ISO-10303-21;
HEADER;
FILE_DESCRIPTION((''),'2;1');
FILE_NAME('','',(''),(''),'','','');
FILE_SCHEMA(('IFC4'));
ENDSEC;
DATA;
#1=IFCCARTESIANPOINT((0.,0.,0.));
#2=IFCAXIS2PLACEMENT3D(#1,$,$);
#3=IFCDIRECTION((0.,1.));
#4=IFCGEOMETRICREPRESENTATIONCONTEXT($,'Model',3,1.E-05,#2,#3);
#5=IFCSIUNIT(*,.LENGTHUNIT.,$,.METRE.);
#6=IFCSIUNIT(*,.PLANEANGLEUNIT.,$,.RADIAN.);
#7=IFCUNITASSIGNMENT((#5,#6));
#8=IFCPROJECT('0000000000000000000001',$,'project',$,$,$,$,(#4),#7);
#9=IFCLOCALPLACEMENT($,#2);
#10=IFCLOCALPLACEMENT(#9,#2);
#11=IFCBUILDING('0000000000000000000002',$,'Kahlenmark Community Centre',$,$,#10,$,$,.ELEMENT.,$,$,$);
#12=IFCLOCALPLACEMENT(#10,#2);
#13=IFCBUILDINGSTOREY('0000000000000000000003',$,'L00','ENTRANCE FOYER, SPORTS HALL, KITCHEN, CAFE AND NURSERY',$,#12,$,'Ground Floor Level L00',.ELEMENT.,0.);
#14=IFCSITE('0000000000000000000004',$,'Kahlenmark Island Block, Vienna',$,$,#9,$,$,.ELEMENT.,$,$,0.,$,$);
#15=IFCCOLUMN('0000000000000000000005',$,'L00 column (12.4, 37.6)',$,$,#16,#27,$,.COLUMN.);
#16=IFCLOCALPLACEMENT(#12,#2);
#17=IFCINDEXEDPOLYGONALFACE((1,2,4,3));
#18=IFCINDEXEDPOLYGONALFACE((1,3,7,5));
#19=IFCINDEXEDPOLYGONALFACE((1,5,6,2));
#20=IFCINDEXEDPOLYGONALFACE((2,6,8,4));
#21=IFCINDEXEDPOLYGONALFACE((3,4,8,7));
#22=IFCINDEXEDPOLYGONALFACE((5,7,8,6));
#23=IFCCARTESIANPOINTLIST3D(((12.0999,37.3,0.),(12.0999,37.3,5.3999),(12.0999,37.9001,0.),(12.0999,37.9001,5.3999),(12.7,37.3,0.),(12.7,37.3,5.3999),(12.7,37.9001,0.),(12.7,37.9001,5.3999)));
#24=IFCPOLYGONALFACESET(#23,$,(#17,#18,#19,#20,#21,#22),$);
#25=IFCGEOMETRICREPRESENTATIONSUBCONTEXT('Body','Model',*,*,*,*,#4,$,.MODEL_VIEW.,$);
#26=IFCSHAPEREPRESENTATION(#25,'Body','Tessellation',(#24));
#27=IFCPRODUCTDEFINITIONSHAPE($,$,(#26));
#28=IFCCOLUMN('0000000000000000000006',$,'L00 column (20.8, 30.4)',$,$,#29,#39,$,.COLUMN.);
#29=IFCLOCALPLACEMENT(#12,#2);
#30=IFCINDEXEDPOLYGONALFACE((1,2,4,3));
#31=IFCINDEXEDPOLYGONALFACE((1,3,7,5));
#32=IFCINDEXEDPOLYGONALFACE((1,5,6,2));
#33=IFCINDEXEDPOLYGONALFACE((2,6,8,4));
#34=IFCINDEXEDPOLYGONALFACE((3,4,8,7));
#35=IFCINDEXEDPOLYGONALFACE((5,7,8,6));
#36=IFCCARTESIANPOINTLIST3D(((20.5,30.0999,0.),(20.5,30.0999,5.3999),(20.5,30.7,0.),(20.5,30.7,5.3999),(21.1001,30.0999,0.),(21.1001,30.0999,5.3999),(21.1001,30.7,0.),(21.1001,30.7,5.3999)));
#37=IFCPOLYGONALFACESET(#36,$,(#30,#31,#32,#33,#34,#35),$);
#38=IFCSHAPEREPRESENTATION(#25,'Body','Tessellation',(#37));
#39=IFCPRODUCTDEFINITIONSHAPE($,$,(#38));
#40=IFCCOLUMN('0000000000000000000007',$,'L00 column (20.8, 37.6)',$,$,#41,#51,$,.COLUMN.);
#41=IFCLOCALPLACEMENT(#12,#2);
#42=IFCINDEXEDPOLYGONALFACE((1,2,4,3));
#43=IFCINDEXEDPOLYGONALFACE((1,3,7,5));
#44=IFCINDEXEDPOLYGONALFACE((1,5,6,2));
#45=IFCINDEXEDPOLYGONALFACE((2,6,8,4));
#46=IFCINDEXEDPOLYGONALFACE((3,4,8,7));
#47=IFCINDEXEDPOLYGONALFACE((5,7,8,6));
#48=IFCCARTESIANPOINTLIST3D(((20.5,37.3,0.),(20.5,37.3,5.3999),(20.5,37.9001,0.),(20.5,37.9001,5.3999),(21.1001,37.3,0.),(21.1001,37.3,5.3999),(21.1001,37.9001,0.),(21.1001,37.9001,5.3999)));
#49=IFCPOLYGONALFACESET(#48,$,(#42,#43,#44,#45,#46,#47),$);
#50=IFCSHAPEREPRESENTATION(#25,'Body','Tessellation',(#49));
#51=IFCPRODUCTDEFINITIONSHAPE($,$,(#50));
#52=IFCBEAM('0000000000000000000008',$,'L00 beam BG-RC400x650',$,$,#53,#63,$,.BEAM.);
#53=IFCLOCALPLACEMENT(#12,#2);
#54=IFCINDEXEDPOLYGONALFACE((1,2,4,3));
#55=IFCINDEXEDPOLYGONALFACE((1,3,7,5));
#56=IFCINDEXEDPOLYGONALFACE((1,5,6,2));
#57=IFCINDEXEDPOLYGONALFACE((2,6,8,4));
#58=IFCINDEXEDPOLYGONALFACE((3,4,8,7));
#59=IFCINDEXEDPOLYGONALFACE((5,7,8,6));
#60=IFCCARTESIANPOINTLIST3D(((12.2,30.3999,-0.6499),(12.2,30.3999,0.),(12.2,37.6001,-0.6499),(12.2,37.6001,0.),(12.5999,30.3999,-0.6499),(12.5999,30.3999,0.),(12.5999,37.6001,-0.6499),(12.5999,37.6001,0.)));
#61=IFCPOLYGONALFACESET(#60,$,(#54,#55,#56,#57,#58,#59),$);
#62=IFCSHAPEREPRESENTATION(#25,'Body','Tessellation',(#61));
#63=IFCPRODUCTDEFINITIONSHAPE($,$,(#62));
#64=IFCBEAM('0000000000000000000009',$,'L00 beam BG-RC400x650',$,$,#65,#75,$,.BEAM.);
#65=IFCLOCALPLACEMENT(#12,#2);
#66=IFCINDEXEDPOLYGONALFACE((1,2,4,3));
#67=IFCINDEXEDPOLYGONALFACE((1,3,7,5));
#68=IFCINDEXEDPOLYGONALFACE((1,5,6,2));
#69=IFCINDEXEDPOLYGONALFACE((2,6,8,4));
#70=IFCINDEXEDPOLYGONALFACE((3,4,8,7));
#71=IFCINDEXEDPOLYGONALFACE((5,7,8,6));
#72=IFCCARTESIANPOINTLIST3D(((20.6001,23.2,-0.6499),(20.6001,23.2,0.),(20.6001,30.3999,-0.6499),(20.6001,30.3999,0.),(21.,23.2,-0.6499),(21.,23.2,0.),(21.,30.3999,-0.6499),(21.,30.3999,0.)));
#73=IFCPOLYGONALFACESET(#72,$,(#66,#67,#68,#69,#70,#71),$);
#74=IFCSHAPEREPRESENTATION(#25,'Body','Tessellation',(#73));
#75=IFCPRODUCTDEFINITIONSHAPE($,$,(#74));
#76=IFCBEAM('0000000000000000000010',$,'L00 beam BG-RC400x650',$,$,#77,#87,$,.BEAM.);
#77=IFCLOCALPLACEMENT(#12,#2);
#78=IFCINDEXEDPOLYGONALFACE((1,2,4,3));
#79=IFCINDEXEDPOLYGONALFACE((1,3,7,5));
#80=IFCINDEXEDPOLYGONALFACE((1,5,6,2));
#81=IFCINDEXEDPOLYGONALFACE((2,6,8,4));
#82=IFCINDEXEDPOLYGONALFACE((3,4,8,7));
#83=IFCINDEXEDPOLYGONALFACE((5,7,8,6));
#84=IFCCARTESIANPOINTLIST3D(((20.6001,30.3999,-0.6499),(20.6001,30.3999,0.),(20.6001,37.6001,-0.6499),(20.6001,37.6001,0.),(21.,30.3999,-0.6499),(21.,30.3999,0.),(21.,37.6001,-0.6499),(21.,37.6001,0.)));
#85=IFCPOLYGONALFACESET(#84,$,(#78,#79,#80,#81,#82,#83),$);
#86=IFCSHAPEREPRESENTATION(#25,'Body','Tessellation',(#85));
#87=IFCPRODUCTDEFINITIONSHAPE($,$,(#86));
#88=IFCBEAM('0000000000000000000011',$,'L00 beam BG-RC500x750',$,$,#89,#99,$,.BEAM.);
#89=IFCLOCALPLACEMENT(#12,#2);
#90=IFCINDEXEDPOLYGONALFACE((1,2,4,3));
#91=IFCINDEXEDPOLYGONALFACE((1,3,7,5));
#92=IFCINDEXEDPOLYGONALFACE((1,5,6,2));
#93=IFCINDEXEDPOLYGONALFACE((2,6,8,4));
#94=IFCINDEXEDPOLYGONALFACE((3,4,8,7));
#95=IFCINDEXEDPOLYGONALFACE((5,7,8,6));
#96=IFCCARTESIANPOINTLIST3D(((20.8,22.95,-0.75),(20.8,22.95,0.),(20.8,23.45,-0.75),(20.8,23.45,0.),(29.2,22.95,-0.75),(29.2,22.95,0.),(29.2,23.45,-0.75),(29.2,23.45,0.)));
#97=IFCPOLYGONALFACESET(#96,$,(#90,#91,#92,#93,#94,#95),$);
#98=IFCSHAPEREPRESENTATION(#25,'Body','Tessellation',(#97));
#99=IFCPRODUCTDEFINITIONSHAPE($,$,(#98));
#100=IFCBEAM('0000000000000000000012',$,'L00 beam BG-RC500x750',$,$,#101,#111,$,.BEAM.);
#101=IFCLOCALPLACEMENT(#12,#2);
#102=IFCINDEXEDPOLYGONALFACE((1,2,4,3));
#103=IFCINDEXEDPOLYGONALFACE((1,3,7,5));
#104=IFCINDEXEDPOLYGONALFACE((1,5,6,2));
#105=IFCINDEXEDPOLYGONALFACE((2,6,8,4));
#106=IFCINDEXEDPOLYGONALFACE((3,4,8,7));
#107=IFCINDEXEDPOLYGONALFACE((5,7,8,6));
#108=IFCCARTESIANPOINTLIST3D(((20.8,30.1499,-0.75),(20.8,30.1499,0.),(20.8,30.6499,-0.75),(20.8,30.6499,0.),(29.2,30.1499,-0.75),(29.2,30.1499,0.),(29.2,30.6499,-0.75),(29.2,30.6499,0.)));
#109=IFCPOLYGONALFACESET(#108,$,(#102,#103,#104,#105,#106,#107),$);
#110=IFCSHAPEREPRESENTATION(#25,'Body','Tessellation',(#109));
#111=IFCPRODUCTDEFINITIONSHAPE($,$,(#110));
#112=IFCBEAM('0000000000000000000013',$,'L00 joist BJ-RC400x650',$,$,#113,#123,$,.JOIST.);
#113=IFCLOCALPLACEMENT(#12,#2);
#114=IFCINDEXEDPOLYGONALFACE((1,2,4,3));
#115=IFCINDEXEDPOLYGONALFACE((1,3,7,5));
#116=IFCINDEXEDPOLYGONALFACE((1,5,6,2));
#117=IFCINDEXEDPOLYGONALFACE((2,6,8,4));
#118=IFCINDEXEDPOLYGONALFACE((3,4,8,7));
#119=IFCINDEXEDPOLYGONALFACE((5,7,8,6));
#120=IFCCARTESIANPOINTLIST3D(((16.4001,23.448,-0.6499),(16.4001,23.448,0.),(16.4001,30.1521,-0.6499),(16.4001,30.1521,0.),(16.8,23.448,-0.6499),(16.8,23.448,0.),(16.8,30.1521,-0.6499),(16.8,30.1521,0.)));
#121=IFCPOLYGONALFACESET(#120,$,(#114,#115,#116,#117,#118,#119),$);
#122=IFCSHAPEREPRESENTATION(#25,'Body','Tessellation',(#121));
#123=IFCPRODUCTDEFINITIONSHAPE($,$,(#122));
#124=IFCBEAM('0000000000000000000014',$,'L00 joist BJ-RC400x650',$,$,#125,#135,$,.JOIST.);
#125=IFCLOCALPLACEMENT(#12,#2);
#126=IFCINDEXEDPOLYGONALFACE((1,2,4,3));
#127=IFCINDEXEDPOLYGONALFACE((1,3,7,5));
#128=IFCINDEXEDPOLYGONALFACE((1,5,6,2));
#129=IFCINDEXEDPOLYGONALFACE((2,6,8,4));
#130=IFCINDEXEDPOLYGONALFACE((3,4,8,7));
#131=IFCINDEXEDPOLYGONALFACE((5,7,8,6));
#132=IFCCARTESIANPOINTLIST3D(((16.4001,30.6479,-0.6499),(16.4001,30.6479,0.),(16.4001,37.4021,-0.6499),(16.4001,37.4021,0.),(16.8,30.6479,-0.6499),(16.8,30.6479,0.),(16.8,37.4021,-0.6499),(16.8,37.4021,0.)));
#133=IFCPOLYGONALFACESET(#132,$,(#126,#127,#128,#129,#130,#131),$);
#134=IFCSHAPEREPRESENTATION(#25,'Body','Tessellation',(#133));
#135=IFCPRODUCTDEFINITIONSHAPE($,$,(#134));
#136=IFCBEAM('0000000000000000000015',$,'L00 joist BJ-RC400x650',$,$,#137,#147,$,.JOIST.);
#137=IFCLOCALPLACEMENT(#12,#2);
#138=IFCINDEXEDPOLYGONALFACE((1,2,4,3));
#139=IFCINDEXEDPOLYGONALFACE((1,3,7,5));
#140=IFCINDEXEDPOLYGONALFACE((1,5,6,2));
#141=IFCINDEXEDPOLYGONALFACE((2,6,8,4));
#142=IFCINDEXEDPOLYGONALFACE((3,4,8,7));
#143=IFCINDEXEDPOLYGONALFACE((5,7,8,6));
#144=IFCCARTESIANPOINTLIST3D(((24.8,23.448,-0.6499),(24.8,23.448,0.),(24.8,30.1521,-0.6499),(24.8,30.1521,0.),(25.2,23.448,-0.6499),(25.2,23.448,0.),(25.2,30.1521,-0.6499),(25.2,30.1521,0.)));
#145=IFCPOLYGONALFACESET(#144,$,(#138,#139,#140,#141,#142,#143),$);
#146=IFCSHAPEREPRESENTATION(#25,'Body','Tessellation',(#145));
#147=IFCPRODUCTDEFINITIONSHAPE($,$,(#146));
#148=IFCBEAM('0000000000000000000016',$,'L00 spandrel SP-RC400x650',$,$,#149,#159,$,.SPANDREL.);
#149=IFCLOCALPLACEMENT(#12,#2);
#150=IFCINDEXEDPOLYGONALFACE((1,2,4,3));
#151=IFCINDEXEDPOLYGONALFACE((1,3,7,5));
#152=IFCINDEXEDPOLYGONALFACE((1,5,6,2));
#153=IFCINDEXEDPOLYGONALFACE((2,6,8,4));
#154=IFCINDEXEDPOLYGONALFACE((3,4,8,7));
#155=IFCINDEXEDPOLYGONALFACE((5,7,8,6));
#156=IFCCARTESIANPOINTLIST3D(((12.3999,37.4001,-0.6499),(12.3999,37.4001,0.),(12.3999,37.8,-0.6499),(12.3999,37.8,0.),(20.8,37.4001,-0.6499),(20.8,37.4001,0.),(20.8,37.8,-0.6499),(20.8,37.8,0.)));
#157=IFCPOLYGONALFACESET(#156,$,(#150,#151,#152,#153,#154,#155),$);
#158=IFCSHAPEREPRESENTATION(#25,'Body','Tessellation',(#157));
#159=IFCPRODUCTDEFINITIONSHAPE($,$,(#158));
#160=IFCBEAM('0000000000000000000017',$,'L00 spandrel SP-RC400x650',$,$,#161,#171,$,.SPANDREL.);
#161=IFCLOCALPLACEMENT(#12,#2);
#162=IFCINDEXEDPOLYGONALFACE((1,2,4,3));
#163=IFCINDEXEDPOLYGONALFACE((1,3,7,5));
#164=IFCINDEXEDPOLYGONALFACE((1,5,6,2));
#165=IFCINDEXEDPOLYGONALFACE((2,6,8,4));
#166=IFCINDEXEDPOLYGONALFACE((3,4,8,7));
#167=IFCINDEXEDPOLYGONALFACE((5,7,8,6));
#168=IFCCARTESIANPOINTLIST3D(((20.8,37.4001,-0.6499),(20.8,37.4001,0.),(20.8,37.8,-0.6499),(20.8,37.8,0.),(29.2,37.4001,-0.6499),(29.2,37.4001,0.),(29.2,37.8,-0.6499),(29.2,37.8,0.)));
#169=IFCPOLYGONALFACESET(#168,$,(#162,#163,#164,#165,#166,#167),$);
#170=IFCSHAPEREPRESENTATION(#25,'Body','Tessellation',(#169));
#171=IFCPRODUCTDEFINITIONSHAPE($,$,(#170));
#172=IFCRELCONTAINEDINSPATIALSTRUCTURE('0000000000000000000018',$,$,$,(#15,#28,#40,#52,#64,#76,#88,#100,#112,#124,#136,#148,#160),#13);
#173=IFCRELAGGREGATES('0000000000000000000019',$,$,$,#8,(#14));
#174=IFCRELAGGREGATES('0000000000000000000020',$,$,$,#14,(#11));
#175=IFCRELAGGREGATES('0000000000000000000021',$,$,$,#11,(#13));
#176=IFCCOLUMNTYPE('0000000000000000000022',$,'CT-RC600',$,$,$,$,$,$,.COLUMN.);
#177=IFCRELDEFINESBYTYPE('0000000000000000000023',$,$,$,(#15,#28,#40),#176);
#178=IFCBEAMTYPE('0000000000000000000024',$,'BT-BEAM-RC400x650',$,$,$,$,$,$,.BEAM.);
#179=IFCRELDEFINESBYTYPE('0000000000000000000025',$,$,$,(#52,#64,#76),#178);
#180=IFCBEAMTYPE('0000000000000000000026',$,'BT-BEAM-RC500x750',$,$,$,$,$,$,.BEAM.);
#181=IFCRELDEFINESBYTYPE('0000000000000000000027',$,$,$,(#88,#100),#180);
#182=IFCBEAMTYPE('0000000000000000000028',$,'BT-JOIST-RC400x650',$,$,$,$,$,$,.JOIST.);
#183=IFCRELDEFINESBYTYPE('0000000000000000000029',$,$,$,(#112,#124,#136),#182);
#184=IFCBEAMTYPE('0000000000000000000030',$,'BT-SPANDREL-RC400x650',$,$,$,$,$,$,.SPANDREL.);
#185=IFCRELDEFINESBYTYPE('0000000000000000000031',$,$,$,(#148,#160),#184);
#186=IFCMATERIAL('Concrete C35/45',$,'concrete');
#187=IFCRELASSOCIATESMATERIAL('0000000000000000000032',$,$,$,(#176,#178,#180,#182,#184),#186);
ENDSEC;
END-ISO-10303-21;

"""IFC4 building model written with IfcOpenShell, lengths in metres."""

from ifc_helpers import new_model, si_unit, direction, frame, origin, origin_2d, place, context, subcontext, project, spatial, rectangle, extrude, material, material_profile, profile_set, type_object, element, save


model = new_model("IFC4")

# Units and contexts
model_context = context("Model", 3, precision=1e-05, world=origin(), true_north=direction((0.0, 1.0)))
body_context = subcontext(model_context, "Body", "Model", "MODEL_VIEW")
ifc_project = project(units=[si_unit("LENGTHUNIT", "METRE"), si_unit("PLANEANGLEUNIT", "RADIAN")], contexts=[model_context])

# Site, building, storey
site_placement = place(None, origin())
site = spatial("IfcSite", under=ifc_project, at=site_placement, Name="Kahlenmark Island Block, Vienna", CompositionType="ELEMENT", RefElevation=0.0)
building_placement = place(site_placement, origin())
building = spatial("IfcBuilding", under=site, at=building_placement, Name="Kahlenmark Community Centre", CompositionType="ELEMENT")
storey_placement = place(building_placement, origin())
storey = spatial("IfcBuildingStorey", under=building, at=storey_placement, Name="L00", Description="ENTRANCE FOYER, SPORTS HALL, KITCHEN, CAFE AND NURSERY", LongName="Ground Floor Level L00", CompositionType="ELEMENT", Elevation=0.0)

# Columns
ifc_material_1 = material(Name="Concrete C35/45", Category="concrete")
ifc_material_profile_1 = material_profile(ifc_material_1, rectangle(XDim=0.6001, YDim=0.6001, at=origin_2d()), Name="RC 600x600")
ifc_profile_set_1 = profile_set([ifc_material_profile_1], Name="Concrete C35/45")
column_type = type_object("IfcColumnType", Name="CT-RC600", PredefinedType="COLUMN", material=ifc_profile_set_1)
for number, where, z_axis, x_axis, name in (
    (1, (12.3999, 37.6001, 0.0), (0.0, 0.0, 1.0), (1.0, 0.0, 0.0), "L00 column (12.4, 37.6)"),
    (2, (20.8, 30.3999, 0.0), (0.0, 0.0, 1.0), (1.0, 0.0, 0.0), "L00 column (20.8, 30.4)"),
    (3, (20.8, 37.6001, 0.0), (0.0, 0.0, 1.0), (1.0, 0.0, 0.0), "L00 column (20.8, 37.6)"),
):
    element("IfcColumn", number, at=place(storey_placement, frame(where, z_axis=z_axis, x_axis=x_axis)), inside=storey, type_object=column_type, Name=name, PredefinedType="COLUMN", context=body_context, shape_type="SweptSolid", body=[
        extrude(rectangle(XDim=0.6001, YDim=0.6001, at=origin_2d()), origin(), (0.0, 0.0, 1.0), 5.3999),
    ])

# Beams
ifc_material_profile_2 = material_profile(ifc_material_1, rectangle(XDim=0.3999, YDim=0.6499, at=origin_2d()), Name="RC 400x650")
ifc_profile_set_2 = profile_set([ifc_material_profile_2], Name="Concrete C35/45")
beam_type_1 = type_object("IfcBeamType", Name="BT-BEAM-RC400x650", PredefinedType="BEAM", material=ifc_profile_set_2)
beam_1_placement = place(storey_placement, frame((12.3999, 30.3999, -0.325), z_axis=(0.0, 1.0, 0.0), x_axis=(-1.0, 0.0, 0.0)))
element("IfcBeam", 4, at=beam_1_placement, inside=storey, type_object=beam_type_1, Name="L00 beam BG-RC400x650", PredefinedType="BEAM", context=body_context, shape_type="SweptSolid", body=[
    extrude(rectangle(XDim=0.3999, YDim=0.6499, at=origin_2d()), origin(), (0.0, 0.0, 1.0), 7.2002),
])
beam_2_placement = place(storey_placement, frame((20.8, 23.2, -0.325), z_axis=(0.0, 1.0, 0.0), x_axis=(-1.0, 0.0, 0.0)))
element("IfcBeam", 5, at=beam_2_placement, inside=storey, type_object=beam_type_1, Name="L00 beam BG-RC400x650", PredefinedType="BEAM", context=body_context, shape_type="SweptSolid", body=[
    extrude(rectangle(XDim=0.3999, YDim=0.6499, at=origin_2d()), origin(), (0.0, 0.0, 1.0), 7.2),
])
beam_3_placement = place(storey_placement, frame((20.8, 30.3999, -0.325), z_axis=(0.0, 1.0, 0.0), x_axis=(-1.0, 0.0, 0.0)))
element("IfcBeam", 6, at=beam_3_placement, inside=storey, type_object=beam_type_1, Name="L00 beam BG-RC400x650", PredefinedType="BEAM", context=body_context, shape_type="SweptSolid", body=[
    extrude(rectangle(XDim=0.3999, YDim=0.6499, at=origin_2d()), origin(), (0.0, 0.0, 1.0), 7.2002),
])
ifc_material_profile_3 = material_profile(ifc_material_1, rectangle(XDim=0.5, YDim=0.75, at=origin_2d()), Name="RC 500x750")
ifc_profile_set_3 = profile_set([ifc_material_profile_3], Name="Concrete C35/45")
beam_type_2 = type_object("IfcBeamType", Name="BT-BEAM-RC500x750", PredefinedType="BEAM", material=ifc_profile_set_3)
for number, where, z_axis, x_axis, name in (
    (7, (20.8, 23.2, -0.375), (1.0, 0.0, 0.0), (0.0, 1.0, 0.0), "L00 beam BG-RC500x750"),
    (8, (20.8, 30.3999, -0.375), (1.0, 0.0, 0.0), (0.0, 1.0, 0.0), "L00 beam BG-RC500x750"),
):
    element("IfcBeam", number, at=place(storey_placement, frame(where, z_axis=z_axis, x_axis=x_axis)), inside=storey, type_object=beam_type_2, Name=name, PredefinedType="BEAM", context=body_context, shape_type="SweptSolid", body=[
        extrude(rectangle(XDim=0.5, YDim=0.75, at=origin_2d()), origin(), (0.0, 0.0, 1.0), 8.3999),
    ])
ifc_material_profile_4 = material_profile(ifc_material_1, rectangle(XDim=0.3999, YDim=0.6499, at=origin_2d()), Name="RC 400x650")
ifc_profile_set_4 = profile_set([ifc_material_profile_4], Name="Concrete C35/45")
beam_type_3 = type_object("IfcBeamType", Name="BT-JOIST-RC400x650", PredefinedType="JOIST", material=ifc_profile_set_4)
beam_4_placement = place(storey_placement, frame((16.6001, 23.448, -0.325), z_axis=(0.0, 1.0, 0.0), x_axis=(-1.0, 0.0, 0.0)))
element("IfcBeam", 9, at=beam_4_placement, inside=storey, type_object=beam_type_3, Name="L00 joist BJ-RC400x650", PredefinedType="JOIST", context=body_context, shape_type="SweptSolid", body=[
    extrude(rectangle(XDim=0.3999, YDim=0.6499, at=origin_2d()), origin(), (0.0, 0.0, 1.0), 6.7041),
])
beam_5_placement = place(storey_placement, frame((16.6001, 30.6479, -0.325), z_axis=(0.0, 1.0, 0.0), x_axis=(-1.0, 0.0, 0.0)))
element("IfcBeam", 10, at=beam_5_placement, inside=storey, type_object=beam_type_3, Name="L00 joist BJ-RC400x650", PredefinedType="JOIST", context=body_context, shape_type="SweptSolid", body=[
    extrude(rectangle(XDim=0.3999, YDim=0.6499, at=origin_2d()), origin(), (0.0, 0.0, 1.0), 6.7542),
])
beam_6_placement = place(storey_placement, frame((25.0, 23.448, -0.325), z_axis=(0.0, 1.0, 0.0), x_axis=(-1.0, 0.0, 0.0)))
element("IfcBeam", 11, at=beam_6_placement, inside=storey, type_object=beam_type_3, Name="L00 joist BJ-RC400x650", PredefinedType="JOIST", context=body_context, shape_type="SweptSolid", body=[
    extrude(rectangle(XDim=0.3999, YDim=0.6499, at=origin_2d()), origin(), (0.0, 0.0, 1.0), 6.7041),
])
ifc_material_profile_5 = material_profile(ifc_material_1, rectangle(XDim=0.3999, YDim=0.6499, at=origin_2d()), Name="RC 400x650")
ifc_profile_set_5 = profile_set([ifc_material_profile_5], Name="Concrete C35/45")
beam_type_4 = type_object("IfcBeamType", Name="BT-SPANDREL-RC400x650", PredefinedType="SPANDREL", material=ifc_profile_set_5)
beam_7_placement = place(storey_placement, frame((12.3999, 37.6001, -0.325), z_axis=(1.0, 0.0, 0.0), x_axis=(0.0, 1.0, 0.0)))
element("IfcBeam", 12, at=beam_7_placement, inside=storey, type_object=beam_type_4, Name="L00 spandrel SP-RC400x650", PredefinedType="SPANDREL", context=body_context, shape_type="SweptSolid", body=[
    extrude(rectangle(XDim=0.3999, YDim=0.6499, at=origin_2d()), origin(), (0.0, 0.0, 1.0), 8.4001),
])
beam_8_placement = place(storey_placement, frame((20.8, 37.6001, -0.325), z_axis=(1.0, 0.0, 0.0), x_axis=(0.0, 1.0, 0.0)))
element("IfcBeam", 13, at=beam_8_placement, inside=storey, type_object=beam_type_4, Name="L00 spandrel SP-RC400x650", PredefinedType="SPANDREL", context=body_context, shape_type="SweptSolid", body=[
    extrude(rectangle(XDim=0.3999, YDim=0.6499, at=origin_2d()), origin(), (0.0, 0.0, 1.0), 8.3999),
])

save(model, "model.ifc")
